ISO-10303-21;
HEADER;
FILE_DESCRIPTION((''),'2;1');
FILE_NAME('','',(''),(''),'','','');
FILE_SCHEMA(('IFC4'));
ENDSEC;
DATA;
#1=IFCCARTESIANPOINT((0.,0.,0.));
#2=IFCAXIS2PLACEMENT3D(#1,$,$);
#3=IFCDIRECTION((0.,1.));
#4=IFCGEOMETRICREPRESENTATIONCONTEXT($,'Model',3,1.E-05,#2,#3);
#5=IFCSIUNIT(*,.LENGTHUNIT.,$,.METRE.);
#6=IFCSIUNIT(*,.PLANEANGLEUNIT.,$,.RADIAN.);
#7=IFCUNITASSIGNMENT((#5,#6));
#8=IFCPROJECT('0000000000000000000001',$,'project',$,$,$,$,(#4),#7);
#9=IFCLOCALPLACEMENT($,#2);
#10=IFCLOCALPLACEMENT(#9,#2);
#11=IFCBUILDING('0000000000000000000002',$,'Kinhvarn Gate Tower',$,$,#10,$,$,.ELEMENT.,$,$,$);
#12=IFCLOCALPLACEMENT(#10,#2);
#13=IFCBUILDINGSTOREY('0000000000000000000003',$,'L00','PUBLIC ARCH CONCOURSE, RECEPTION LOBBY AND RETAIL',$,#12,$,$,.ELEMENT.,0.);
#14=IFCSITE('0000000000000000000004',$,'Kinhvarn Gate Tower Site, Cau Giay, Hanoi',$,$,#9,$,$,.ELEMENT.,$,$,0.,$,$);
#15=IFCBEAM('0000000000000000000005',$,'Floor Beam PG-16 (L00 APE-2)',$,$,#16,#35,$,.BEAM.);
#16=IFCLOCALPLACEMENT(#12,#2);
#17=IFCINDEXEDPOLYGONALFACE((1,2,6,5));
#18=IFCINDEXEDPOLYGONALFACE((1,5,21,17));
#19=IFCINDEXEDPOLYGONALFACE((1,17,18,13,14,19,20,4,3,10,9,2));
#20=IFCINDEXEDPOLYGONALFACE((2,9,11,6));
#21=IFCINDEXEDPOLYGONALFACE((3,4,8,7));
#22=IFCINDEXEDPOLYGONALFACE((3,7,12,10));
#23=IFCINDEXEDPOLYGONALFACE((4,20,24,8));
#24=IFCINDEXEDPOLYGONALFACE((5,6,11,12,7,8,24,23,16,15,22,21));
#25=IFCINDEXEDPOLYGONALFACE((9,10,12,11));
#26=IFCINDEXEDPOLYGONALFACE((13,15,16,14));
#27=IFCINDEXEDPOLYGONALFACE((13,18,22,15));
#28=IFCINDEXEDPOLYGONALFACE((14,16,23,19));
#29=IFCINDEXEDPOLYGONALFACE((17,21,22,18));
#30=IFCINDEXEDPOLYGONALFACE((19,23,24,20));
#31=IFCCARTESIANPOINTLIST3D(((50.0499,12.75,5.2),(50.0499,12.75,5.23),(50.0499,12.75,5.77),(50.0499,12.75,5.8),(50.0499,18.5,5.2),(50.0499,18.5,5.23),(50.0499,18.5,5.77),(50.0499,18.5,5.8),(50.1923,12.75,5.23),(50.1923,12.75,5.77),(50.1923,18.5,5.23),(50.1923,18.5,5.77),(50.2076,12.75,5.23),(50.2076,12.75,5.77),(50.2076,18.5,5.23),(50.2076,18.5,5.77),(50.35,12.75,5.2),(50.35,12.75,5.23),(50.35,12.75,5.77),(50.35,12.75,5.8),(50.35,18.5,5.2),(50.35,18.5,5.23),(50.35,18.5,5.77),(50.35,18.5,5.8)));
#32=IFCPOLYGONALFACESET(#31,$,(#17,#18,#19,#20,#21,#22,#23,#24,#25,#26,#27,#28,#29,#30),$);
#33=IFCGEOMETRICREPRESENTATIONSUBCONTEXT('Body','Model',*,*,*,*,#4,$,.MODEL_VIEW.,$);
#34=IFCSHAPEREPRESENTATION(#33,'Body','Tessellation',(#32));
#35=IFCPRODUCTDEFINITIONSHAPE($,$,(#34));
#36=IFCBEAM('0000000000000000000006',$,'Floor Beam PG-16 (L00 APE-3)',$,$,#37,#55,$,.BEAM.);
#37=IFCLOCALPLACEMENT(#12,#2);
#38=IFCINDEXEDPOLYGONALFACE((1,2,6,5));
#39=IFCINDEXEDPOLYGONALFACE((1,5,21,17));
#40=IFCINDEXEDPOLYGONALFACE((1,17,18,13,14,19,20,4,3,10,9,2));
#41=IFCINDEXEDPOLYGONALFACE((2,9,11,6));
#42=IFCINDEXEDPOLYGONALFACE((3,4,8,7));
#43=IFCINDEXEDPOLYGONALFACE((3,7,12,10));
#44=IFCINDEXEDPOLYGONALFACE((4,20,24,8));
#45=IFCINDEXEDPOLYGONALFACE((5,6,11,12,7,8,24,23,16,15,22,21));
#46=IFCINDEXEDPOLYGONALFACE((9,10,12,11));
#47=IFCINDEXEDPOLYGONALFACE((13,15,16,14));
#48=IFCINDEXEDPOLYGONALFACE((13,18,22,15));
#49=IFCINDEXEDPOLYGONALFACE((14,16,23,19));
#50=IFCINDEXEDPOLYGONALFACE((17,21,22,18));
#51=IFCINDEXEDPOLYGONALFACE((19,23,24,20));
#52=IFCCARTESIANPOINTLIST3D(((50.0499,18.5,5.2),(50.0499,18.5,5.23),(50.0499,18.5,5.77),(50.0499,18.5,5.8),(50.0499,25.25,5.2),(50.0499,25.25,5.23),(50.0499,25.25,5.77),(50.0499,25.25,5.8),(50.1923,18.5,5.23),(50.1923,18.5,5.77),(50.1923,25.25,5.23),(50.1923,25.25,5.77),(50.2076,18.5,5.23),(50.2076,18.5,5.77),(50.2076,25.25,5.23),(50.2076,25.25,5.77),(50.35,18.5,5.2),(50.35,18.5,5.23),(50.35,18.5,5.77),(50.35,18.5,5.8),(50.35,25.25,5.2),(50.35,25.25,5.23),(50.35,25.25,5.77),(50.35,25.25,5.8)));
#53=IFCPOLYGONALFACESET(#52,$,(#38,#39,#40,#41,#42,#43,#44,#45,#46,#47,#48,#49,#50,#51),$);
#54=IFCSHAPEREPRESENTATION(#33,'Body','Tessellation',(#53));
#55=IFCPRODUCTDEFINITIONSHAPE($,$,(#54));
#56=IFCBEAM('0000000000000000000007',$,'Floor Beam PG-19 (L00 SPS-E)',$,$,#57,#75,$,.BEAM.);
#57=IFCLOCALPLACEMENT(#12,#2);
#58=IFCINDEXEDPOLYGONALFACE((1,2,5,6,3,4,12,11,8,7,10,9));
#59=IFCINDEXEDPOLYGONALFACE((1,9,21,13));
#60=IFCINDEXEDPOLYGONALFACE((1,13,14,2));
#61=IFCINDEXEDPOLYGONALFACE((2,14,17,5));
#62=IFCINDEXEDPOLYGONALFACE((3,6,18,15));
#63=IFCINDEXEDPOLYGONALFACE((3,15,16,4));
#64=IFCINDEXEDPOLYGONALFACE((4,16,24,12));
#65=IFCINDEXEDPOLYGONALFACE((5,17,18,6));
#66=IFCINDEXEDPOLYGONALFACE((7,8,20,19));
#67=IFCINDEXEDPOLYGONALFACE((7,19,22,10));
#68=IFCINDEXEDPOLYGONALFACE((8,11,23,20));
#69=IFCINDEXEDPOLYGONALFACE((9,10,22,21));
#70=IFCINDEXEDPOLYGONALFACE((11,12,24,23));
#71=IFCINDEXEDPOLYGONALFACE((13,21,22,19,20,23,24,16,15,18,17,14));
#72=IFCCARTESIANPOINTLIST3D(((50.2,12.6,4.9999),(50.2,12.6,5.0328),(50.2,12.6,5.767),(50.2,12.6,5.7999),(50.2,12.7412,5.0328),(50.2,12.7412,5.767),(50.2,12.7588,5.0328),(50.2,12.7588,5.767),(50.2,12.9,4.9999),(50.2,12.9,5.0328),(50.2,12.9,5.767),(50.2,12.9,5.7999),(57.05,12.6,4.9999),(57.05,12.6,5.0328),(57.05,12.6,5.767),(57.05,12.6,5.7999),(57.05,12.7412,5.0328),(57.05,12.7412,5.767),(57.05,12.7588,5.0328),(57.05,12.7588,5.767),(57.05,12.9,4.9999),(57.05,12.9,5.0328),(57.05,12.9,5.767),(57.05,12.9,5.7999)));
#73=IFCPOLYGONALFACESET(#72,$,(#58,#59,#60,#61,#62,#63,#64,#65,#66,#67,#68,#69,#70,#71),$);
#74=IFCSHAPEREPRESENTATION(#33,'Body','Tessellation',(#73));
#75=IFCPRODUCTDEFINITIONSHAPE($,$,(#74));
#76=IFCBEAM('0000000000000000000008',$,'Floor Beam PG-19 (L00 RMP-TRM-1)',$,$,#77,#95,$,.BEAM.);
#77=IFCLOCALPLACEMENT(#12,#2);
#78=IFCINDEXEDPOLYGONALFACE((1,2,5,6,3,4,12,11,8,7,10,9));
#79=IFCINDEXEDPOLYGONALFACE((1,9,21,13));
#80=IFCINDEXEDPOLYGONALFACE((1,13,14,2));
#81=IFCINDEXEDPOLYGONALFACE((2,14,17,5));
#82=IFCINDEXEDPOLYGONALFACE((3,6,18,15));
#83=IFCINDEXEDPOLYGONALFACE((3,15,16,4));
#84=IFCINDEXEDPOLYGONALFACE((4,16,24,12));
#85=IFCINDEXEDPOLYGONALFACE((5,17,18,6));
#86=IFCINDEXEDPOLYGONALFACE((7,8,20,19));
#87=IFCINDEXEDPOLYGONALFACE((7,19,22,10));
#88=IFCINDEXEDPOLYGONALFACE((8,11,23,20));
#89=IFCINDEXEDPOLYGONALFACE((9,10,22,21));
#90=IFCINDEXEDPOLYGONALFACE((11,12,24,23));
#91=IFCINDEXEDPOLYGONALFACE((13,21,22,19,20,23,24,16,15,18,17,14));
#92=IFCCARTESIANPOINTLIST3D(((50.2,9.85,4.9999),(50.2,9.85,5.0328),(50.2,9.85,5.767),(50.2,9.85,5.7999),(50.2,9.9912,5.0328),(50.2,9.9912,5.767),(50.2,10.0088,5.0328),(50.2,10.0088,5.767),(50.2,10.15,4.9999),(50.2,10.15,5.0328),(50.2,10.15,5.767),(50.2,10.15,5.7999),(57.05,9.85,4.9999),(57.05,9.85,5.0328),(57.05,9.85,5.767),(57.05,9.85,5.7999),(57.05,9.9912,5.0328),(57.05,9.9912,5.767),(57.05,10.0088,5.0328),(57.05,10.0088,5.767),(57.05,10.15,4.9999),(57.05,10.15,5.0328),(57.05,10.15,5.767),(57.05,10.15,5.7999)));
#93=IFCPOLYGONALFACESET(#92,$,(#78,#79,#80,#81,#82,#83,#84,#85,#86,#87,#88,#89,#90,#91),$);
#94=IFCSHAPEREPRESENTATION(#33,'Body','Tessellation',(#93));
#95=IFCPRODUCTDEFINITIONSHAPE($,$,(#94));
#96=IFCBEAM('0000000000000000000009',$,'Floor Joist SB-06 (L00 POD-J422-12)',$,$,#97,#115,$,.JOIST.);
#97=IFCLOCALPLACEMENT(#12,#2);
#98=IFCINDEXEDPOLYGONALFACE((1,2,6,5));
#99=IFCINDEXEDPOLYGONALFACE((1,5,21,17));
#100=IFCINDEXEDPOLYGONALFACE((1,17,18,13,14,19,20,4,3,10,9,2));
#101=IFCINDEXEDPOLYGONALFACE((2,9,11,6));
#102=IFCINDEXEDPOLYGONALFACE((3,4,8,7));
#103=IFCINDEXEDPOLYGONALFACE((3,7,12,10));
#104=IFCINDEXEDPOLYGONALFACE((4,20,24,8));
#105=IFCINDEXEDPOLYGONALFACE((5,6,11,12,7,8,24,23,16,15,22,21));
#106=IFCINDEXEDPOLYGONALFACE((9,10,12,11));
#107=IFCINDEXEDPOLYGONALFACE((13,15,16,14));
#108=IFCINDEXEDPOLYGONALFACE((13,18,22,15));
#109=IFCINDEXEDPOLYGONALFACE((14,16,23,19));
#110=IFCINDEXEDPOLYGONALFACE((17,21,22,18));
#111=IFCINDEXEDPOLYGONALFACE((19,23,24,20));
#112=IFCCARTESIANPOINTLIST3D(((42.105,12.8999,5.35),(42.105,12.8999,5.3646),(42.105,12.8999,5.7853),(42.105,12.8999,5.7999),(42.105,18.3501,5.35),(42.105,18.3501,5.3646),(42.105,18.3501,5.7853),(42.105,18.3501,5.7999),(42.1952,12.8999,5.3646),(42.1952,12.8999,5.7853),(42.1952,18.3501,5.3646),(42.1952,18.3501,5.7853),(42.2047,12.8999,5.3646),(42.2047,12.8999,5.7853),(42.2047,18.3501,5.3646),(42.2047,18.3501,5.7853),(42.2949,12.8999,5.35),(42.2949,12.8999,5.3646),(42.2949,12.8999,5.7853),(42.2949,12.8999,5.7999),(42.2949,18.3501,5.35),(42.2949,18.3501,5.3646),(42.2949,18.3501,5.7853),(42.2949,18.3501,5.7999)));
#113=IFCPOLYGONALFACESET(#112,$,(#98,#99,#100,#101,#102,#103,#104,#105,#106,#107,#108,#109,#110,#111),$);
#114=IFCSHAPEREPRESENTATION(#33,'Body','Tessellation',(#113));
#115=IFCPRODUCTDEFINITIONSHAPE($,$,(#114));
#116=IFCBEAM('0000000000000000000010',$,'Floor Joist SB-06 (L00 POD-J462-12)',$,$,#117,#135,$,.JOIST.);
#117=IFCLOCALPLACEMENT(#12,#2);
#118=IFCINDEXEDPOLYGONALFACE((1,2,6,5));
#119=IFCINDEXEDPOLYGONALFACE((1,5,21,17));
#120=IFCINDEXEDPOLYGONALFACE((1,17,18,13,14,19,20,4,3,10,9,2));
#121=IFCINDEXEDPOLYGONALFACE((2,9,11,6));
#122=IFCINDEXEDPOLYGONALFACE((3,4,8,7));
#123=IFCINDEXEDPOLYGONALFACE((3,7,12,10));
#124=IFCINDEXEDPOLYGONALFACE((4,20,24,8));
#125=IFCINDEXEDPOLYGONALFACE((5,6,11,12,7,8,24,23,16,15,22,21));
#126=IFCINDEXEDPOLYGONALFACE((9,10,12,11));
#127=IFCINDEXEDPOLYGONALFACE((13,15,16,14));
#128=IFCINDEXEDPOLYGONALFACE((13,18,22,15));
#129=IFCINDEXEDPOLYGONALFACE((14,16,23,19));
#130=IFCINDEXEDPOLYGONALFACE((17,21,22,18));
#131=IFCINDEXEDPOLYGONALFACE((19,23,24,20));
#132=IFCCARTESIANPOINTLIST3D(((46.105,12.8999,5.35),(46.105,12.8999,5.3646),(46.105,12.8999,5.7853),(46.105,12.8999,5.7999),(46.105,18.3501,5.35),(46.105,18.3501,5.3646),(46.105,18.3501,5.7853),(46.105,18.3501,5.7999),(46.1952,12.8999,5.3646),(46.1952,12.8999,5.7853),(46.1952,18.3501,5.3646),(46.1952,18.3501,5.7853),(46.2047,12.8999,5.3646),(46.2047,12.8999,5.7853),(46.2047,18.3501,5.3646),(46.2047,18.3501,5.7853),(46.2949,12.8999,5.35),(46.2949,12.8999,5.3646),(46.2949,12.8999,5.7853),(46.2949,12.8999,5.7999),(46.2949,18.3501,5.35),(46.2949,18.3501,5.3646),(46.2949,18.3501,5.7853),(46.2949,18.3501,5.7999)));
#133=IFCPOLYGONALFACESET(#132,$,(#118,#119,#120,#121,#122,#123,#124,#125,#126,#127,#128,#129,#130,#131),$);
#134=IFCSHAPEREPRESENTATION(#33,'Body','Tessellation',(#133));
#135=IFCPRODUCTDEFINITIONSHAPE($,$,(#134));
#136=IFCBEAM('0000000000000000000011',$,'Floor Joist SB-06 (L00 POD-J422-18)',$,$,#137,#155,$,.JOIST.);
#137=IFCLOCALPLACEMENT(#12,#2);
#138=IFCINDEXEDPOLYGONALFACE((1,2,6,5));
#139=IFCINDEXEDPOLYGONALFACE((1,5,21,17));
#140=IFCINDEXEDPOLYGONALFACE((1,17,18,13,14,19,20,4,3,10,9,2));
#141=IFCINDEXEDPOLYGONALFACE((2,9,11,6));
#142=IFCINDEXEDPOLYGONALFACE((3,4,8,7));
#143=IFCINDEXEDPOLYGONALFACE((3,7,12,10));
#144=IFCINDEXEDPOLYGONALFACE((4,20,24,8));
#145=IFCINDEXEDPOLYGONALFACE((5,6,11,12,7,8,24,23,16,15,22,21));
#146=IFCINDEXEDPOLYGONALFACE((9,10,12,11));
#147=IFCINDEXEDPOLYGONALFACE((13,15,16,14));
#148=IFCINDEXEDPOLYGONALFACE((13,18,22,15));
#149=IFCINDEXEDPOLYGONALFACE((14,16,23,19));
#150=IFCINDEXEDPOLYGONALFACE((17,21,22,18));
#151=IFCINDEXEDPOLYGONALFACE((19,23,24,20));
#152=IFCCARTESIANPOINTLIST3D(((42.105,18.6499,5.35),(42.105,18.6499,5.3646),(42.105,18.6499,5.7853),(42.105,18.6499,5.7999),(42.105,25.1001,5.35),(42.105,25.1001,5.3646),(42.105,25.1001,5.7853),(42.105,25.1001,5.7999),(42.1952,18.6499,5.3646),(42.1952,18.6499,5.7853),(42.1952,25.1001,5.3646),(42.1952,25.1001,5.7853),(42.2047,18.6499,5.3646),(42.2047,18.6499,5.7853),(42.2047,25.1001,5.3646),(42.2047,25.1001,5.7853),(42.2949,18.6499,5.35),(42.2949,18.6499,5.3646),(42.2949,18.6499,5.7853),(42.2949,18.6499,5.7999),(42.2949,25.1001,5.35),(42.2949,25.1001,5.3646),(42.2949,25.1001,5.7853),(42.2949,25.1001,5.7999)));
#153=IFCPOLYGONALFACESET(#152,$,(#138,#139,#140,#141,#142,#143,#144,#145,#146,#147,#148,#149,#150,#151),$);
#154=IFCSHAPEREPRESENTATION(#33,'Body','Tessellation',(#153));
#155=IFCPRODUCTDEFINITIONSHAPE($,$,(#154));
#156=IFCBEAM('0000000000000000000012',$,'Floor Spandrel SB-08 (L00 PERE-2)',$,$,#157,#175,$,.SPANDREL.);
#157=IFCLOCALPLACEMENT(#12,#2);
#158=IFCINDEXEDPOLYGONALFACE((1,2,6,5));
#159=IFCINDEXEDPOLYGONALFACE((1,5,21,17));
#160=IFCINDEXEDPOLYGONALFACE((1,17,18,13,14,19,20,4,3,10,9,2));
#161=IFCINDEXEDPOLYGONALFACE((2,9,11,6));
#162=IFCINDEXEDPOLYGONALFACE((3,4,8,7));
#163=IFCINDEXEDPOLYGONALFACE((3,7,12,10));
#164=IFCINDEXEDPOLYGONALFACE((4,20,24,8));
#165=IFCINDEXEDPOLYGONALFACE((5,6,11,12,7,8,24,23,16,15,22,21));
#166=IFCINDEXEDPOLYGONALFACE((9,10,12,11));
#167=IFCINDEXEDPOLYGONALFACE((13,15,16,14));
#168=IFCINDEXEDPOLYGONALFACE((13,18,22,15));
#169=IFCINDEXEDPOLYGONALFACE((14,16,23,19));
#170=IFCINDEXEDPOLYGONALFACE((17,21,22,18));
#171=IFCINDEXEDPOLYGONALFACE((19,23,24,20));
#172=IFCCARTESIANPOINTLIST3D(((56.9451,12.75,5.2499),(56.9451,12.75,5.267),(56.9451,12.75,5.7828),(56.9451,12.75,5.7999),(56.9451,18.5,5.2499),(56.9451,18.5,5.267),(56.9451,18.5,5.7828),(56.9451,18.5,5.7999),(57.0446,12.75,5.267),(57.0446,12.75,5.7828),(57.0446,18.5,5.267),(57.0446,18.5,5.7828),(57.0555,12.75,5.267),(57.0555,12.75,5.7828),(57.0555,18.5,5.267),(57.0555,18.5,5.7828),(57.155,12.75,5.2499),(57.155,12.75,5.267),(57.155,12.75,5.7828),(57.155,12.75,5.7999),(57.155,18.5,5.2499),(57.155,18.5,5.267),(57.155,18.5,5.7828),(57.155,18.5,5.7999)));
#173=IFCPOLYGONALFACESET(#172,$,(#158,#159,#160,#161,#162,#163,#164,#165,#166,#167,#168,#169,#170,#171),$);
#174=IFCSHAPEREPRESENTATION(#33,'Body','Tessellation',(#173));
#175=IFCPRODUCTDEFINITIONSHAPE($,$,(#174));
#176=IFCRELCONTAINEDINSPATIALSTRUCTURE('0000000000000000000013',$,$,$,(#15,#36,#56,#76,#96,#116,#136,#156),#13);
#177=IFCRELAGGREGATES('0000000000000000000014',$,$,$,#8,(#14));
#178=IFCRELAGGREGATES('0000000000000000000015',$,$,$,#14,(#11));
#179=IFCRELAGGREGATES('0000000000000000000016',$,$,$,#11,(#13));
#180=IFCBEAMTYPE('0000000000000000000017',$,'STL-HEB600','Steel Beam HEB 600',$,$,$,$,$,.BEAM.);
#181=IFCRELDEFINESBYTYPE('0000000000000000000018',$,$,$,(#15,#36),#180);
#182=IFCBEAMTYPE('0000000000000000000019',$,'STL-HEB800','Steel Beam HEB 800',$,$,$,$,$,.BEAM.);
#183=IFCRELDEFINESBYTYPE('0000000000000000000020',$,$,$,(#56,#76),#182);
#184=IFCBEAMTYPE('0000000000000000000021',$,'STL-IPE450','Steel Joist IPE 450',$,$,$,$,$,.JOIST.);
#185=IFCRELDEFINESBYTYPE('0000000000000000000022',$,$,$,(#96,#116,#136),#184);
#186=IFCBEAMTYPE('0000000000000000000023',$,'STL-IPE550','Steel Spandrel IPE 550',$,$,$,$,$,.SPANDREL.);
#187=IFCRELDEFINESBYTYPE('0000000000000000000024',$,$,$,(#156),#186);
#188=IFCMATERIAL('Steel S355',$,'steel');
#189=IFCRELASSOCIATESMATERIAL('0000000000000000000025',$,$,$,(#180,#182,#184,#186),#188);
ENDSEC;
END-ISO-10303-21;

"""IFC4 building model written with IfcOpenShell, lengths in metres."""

from ifc_helpers import new_model, si_unit, direction, frame, origin, origin_2d, place, context, subcontext, project, spatial, i_section, extrude, material, material_profile, profile_set, type_object, element, save


model = new_model("IFC4")

# Units and contexts
model_context = context("Model", 3, precision=1e-05, world=origin(), true_north=direction((0.0, 1.0)))
body_context = subcontext(model_context, "Body", "Model", "MODEL_VIEW")
ifc_project = project(units=[si_unit("LENGTHUNIT", "METRE"), si_unit("PLANEANGLEUNIT", "RADIAN")], contexts=[model_context])

# Site, building, storey
site_placement = place(None, origin())
site = spatial("IfcSite", under=ifc_project, at=site_placement, Name="Kinhvarn Gate Tower Site, Cau Giay, Hanoi", CompositionType="ELEMENT", RefElevation=0.0)
building_placement = place(site_placement, origin())
building = spatial("IfcBuilding", under=site, at=building_placement, Name="Kinhvarn Gate Tower", CompositionType="ELEMENT")
storey_placement = place(building_placement, origin())
storey = spatial("IfcBuildingStorey", under=building, at=storey_placement, Name="L00", Description="PUBLIC ARCH CONCOURSE, RECEPTION LOBBY AND RETAIL", CompositionType="ELEMENT", Elevation=0.0)

# Beams
ifc_material_1 = material(Name="Steel S355", Category="steel")
ifc_material_profile_1 = material_profile(ifc_material_1, i_section(OverallWidth=0.3, OverallDepth=0.6001, WebThickness=0.0154, FlangeThickness=0.03, at=origin_2d()), Name="HEB 600")
ifc_profile_set_1 = profile_set([ifc_material_profile_1], Name="Steel S355")
beam_type_1 = type_object("IfcBeamType", Name="STL-HEB600", Description="Steel Beam HEB 600", PredefinedType="BEAM", material=ifc_profile_set_1)
beam_1_placement = place(storey_placement, frame((50.2, 12.75, 5.5), z_axis=(0.0, 1.0, 0.0), x_axis=(-1.0, 0.0, 0.0)))
element("IfcBeam", 1, at=beam_1_placement, inside=storey, type_object=beam_type_1, Name="Floor Beam PG-16 (L00 APE-2)", PredefinedType="BEAM", context=body_context, shape_type="SweptSolid", body=[
    extrude(i_section(OverallWidth=0.3, OverallDepth=0.6001, WebThickness=0.0154, FlangeThickness=0.03, at=origin_2d()), origin(), (0.0, 0.0, 1.0), 5.75),
])
beam_2_placement = place(storey_placement, frame((50.2, 18.5, 5.5), z_axis=(0.0, 1.0, 0.0), x_axis=(-1.0, 0.0, 0.0)))
element("IfcBeam", 2, at=beam_2_placement, inside=storey, type_object=beam_type_1, Name="Floor Beam PG-16 (L00 APE-3)", PredefinedType="BEAM", context=body_context, shape_type="SweptSolid", body=[
    extrude(i_section(OverallWidth=0.3, OverallDepth=0.6001, WebThickness=0.0154, FlangeThickness=0.03, at=origin_2d()), origin(), (0.0, 0.0, 1.0), 6.75),
])
ifc_material_profile_2 = material_profile(ifc_material_1, i_section(OverallWidth=0.3, OverallDepth=0.8, WebThickness=0.0176, FlangeThickness=0.033, at=origin_2d()), Name="HEB 800")
ifc_profile_set_2 = profile_set([ifc_material_profile_2], Name="Steel S355")
beam_type_2 = type_object("IfcBeamType", Name="STL-HEB800", Description="Steel Beam HEB 800", PredefinedType="BEAM", material=ifc_profile_set_2)
for number, where, z_axis, x_axis, name in (
    (3, (50.2, 12.75, 5.3999), (1.0, 0.0, 0.0), (0.0, 1.0, 0.0), "Floor Beam PG-19 (L00 SPS-E)"),
    (4, (50.2, 10.0, 5.3999), (1.0, 0.0, 0.0), (0.0, 1.0, 0.0), "Floor Beam PG-19 (L00 RMP-TRM-1)"),
):
    element("IfcBeam", number, at=place(storey_placement, frame(where, z_axis=z_axis, x_axis=x_axis)), inside=storey, type_object=beam_type_2, Name=name, PredefinedType="BEAM", context=body_context, shape_type="SweptSolid", body=[
        extrude(i_section(OverallWidth=0.3, OverallDepth=0.8, WebThickness=0.0176, FlangeThickness=0.033, at=origin_2d()), origin(), (0.0, 0.0, 1.0), 6.8501),
    ])
ifc_material_profile_3 = material_profile(ifc_material_1, i_section(OverallWidth=0.1899, OverallDepth=0.45, WebThickness=0.0095, FlangeThickness=0.0146, at=origin_2d()), Name="IPE 450")
ifc_profile_set_3 = profile_set([ifc_material_profile_3], Name="Steel S355")
beam_type_3 = type_object("IfcBeamType", Name="STL-IPE450", Description="Steel Joist IPE 450", PredefinedType="JOIST", material=ifc_profile_set_3)
for number, where, z_axis, x_axis, name in (
    (5, (42.2, 12.8999, 5.575), (0.0, 1.0, 0.0), (-1.0, 0.0, 0.0), "Floor Joist SB-06 (L00 POD-J422-12)"),
    (6, (46.2, 12.8999, 5.575), (0.0, 1.0, 0.0), (-1.0, 0.0, 0.0), "Floor Joist SB-06 (L00 POD-J462-12)"),
):
    element("IfcBeam", number, at=place(storey_placement, frame(where, z_axis=z_axis, x_axis=x_axis)), inside=storey, type_object=beam_type_3, Name=name, PredefinedType="JOIST", context=body_context, shape_type="SweptSolid", body=[
        extrude(i_section(OverallWidth=0.1899, OverallDepth=0.45, WebThickness=0.0095, FlangeThickness=0.0146, at=origin_2d()), origin(), (0.0, 0.0, 1.0), 5.4502),
    ])
beam_3_placement = place(storey_placement, frame((42.2, 18.6499, 5.575), z_axis=(0.0, 1.0, 0.0), x_axis=(-1.0, 0.0, 0.0)))
element("IfcBeam", 7, at=beam_3_placement, inside=storey, type_object=beam_type_3, Name="Floor Joist SB-06 (L00 POD-J422-18)", PredefinedType="JOIST", context=body_context, shape_type="SweptSolid", body=[
    extrude(i_section(OverallWidth=0.1899, OverallDepth=0.45, WebThickness=0.0095, FlangeThickness=0.0146, at=origin_2d()), origin(), (0.0, 0.0, 1.0), 6.4502),
])
ifc_material_profile_4 = material_profile(ifc_material_1, i_section(OverallWidth=0.21, OverallDepth=0.55, WebThickness=0.011, FlangeThickness=0.0171, at=origin_2d()), Name="IPE 550")
ifc_profile_set_4 = profile_set([ifc_material_profile_4], Name="Steel S355")
beam_type_4 = type_object("IfcBeamType", Name="STL-IPE550", Description="Steel Spandrel IPE 550", PredefinedType="SPANDREL", material=ifc_profile_set_4)
beam_4_placement = place(storey_placement, frame((57.05, 12.75, 5.5249), z_axis=(0.0, 1.0, 0.0), x_axis=(-1.0, 0.0, 0.0)))
element("IfcBeam", 8, at=beam_4_placement, inside=storey, type_object=beam_type_4, Name="Floor Spandrel SB-08 (L00 PERE-2)", PredefinedType="SPANDREL", context=body_context, shape_type="SweptSolid", body=[
    extrude(i_section(OverallWidth=0.21, OverallDepth=0.55, WebThickness=0.011, FlangeThickness=0.0171, at=origin_2d()), origin(), (0.0, 0.0, 1.0), 5.75),
])

save(model, "model.ifc")
